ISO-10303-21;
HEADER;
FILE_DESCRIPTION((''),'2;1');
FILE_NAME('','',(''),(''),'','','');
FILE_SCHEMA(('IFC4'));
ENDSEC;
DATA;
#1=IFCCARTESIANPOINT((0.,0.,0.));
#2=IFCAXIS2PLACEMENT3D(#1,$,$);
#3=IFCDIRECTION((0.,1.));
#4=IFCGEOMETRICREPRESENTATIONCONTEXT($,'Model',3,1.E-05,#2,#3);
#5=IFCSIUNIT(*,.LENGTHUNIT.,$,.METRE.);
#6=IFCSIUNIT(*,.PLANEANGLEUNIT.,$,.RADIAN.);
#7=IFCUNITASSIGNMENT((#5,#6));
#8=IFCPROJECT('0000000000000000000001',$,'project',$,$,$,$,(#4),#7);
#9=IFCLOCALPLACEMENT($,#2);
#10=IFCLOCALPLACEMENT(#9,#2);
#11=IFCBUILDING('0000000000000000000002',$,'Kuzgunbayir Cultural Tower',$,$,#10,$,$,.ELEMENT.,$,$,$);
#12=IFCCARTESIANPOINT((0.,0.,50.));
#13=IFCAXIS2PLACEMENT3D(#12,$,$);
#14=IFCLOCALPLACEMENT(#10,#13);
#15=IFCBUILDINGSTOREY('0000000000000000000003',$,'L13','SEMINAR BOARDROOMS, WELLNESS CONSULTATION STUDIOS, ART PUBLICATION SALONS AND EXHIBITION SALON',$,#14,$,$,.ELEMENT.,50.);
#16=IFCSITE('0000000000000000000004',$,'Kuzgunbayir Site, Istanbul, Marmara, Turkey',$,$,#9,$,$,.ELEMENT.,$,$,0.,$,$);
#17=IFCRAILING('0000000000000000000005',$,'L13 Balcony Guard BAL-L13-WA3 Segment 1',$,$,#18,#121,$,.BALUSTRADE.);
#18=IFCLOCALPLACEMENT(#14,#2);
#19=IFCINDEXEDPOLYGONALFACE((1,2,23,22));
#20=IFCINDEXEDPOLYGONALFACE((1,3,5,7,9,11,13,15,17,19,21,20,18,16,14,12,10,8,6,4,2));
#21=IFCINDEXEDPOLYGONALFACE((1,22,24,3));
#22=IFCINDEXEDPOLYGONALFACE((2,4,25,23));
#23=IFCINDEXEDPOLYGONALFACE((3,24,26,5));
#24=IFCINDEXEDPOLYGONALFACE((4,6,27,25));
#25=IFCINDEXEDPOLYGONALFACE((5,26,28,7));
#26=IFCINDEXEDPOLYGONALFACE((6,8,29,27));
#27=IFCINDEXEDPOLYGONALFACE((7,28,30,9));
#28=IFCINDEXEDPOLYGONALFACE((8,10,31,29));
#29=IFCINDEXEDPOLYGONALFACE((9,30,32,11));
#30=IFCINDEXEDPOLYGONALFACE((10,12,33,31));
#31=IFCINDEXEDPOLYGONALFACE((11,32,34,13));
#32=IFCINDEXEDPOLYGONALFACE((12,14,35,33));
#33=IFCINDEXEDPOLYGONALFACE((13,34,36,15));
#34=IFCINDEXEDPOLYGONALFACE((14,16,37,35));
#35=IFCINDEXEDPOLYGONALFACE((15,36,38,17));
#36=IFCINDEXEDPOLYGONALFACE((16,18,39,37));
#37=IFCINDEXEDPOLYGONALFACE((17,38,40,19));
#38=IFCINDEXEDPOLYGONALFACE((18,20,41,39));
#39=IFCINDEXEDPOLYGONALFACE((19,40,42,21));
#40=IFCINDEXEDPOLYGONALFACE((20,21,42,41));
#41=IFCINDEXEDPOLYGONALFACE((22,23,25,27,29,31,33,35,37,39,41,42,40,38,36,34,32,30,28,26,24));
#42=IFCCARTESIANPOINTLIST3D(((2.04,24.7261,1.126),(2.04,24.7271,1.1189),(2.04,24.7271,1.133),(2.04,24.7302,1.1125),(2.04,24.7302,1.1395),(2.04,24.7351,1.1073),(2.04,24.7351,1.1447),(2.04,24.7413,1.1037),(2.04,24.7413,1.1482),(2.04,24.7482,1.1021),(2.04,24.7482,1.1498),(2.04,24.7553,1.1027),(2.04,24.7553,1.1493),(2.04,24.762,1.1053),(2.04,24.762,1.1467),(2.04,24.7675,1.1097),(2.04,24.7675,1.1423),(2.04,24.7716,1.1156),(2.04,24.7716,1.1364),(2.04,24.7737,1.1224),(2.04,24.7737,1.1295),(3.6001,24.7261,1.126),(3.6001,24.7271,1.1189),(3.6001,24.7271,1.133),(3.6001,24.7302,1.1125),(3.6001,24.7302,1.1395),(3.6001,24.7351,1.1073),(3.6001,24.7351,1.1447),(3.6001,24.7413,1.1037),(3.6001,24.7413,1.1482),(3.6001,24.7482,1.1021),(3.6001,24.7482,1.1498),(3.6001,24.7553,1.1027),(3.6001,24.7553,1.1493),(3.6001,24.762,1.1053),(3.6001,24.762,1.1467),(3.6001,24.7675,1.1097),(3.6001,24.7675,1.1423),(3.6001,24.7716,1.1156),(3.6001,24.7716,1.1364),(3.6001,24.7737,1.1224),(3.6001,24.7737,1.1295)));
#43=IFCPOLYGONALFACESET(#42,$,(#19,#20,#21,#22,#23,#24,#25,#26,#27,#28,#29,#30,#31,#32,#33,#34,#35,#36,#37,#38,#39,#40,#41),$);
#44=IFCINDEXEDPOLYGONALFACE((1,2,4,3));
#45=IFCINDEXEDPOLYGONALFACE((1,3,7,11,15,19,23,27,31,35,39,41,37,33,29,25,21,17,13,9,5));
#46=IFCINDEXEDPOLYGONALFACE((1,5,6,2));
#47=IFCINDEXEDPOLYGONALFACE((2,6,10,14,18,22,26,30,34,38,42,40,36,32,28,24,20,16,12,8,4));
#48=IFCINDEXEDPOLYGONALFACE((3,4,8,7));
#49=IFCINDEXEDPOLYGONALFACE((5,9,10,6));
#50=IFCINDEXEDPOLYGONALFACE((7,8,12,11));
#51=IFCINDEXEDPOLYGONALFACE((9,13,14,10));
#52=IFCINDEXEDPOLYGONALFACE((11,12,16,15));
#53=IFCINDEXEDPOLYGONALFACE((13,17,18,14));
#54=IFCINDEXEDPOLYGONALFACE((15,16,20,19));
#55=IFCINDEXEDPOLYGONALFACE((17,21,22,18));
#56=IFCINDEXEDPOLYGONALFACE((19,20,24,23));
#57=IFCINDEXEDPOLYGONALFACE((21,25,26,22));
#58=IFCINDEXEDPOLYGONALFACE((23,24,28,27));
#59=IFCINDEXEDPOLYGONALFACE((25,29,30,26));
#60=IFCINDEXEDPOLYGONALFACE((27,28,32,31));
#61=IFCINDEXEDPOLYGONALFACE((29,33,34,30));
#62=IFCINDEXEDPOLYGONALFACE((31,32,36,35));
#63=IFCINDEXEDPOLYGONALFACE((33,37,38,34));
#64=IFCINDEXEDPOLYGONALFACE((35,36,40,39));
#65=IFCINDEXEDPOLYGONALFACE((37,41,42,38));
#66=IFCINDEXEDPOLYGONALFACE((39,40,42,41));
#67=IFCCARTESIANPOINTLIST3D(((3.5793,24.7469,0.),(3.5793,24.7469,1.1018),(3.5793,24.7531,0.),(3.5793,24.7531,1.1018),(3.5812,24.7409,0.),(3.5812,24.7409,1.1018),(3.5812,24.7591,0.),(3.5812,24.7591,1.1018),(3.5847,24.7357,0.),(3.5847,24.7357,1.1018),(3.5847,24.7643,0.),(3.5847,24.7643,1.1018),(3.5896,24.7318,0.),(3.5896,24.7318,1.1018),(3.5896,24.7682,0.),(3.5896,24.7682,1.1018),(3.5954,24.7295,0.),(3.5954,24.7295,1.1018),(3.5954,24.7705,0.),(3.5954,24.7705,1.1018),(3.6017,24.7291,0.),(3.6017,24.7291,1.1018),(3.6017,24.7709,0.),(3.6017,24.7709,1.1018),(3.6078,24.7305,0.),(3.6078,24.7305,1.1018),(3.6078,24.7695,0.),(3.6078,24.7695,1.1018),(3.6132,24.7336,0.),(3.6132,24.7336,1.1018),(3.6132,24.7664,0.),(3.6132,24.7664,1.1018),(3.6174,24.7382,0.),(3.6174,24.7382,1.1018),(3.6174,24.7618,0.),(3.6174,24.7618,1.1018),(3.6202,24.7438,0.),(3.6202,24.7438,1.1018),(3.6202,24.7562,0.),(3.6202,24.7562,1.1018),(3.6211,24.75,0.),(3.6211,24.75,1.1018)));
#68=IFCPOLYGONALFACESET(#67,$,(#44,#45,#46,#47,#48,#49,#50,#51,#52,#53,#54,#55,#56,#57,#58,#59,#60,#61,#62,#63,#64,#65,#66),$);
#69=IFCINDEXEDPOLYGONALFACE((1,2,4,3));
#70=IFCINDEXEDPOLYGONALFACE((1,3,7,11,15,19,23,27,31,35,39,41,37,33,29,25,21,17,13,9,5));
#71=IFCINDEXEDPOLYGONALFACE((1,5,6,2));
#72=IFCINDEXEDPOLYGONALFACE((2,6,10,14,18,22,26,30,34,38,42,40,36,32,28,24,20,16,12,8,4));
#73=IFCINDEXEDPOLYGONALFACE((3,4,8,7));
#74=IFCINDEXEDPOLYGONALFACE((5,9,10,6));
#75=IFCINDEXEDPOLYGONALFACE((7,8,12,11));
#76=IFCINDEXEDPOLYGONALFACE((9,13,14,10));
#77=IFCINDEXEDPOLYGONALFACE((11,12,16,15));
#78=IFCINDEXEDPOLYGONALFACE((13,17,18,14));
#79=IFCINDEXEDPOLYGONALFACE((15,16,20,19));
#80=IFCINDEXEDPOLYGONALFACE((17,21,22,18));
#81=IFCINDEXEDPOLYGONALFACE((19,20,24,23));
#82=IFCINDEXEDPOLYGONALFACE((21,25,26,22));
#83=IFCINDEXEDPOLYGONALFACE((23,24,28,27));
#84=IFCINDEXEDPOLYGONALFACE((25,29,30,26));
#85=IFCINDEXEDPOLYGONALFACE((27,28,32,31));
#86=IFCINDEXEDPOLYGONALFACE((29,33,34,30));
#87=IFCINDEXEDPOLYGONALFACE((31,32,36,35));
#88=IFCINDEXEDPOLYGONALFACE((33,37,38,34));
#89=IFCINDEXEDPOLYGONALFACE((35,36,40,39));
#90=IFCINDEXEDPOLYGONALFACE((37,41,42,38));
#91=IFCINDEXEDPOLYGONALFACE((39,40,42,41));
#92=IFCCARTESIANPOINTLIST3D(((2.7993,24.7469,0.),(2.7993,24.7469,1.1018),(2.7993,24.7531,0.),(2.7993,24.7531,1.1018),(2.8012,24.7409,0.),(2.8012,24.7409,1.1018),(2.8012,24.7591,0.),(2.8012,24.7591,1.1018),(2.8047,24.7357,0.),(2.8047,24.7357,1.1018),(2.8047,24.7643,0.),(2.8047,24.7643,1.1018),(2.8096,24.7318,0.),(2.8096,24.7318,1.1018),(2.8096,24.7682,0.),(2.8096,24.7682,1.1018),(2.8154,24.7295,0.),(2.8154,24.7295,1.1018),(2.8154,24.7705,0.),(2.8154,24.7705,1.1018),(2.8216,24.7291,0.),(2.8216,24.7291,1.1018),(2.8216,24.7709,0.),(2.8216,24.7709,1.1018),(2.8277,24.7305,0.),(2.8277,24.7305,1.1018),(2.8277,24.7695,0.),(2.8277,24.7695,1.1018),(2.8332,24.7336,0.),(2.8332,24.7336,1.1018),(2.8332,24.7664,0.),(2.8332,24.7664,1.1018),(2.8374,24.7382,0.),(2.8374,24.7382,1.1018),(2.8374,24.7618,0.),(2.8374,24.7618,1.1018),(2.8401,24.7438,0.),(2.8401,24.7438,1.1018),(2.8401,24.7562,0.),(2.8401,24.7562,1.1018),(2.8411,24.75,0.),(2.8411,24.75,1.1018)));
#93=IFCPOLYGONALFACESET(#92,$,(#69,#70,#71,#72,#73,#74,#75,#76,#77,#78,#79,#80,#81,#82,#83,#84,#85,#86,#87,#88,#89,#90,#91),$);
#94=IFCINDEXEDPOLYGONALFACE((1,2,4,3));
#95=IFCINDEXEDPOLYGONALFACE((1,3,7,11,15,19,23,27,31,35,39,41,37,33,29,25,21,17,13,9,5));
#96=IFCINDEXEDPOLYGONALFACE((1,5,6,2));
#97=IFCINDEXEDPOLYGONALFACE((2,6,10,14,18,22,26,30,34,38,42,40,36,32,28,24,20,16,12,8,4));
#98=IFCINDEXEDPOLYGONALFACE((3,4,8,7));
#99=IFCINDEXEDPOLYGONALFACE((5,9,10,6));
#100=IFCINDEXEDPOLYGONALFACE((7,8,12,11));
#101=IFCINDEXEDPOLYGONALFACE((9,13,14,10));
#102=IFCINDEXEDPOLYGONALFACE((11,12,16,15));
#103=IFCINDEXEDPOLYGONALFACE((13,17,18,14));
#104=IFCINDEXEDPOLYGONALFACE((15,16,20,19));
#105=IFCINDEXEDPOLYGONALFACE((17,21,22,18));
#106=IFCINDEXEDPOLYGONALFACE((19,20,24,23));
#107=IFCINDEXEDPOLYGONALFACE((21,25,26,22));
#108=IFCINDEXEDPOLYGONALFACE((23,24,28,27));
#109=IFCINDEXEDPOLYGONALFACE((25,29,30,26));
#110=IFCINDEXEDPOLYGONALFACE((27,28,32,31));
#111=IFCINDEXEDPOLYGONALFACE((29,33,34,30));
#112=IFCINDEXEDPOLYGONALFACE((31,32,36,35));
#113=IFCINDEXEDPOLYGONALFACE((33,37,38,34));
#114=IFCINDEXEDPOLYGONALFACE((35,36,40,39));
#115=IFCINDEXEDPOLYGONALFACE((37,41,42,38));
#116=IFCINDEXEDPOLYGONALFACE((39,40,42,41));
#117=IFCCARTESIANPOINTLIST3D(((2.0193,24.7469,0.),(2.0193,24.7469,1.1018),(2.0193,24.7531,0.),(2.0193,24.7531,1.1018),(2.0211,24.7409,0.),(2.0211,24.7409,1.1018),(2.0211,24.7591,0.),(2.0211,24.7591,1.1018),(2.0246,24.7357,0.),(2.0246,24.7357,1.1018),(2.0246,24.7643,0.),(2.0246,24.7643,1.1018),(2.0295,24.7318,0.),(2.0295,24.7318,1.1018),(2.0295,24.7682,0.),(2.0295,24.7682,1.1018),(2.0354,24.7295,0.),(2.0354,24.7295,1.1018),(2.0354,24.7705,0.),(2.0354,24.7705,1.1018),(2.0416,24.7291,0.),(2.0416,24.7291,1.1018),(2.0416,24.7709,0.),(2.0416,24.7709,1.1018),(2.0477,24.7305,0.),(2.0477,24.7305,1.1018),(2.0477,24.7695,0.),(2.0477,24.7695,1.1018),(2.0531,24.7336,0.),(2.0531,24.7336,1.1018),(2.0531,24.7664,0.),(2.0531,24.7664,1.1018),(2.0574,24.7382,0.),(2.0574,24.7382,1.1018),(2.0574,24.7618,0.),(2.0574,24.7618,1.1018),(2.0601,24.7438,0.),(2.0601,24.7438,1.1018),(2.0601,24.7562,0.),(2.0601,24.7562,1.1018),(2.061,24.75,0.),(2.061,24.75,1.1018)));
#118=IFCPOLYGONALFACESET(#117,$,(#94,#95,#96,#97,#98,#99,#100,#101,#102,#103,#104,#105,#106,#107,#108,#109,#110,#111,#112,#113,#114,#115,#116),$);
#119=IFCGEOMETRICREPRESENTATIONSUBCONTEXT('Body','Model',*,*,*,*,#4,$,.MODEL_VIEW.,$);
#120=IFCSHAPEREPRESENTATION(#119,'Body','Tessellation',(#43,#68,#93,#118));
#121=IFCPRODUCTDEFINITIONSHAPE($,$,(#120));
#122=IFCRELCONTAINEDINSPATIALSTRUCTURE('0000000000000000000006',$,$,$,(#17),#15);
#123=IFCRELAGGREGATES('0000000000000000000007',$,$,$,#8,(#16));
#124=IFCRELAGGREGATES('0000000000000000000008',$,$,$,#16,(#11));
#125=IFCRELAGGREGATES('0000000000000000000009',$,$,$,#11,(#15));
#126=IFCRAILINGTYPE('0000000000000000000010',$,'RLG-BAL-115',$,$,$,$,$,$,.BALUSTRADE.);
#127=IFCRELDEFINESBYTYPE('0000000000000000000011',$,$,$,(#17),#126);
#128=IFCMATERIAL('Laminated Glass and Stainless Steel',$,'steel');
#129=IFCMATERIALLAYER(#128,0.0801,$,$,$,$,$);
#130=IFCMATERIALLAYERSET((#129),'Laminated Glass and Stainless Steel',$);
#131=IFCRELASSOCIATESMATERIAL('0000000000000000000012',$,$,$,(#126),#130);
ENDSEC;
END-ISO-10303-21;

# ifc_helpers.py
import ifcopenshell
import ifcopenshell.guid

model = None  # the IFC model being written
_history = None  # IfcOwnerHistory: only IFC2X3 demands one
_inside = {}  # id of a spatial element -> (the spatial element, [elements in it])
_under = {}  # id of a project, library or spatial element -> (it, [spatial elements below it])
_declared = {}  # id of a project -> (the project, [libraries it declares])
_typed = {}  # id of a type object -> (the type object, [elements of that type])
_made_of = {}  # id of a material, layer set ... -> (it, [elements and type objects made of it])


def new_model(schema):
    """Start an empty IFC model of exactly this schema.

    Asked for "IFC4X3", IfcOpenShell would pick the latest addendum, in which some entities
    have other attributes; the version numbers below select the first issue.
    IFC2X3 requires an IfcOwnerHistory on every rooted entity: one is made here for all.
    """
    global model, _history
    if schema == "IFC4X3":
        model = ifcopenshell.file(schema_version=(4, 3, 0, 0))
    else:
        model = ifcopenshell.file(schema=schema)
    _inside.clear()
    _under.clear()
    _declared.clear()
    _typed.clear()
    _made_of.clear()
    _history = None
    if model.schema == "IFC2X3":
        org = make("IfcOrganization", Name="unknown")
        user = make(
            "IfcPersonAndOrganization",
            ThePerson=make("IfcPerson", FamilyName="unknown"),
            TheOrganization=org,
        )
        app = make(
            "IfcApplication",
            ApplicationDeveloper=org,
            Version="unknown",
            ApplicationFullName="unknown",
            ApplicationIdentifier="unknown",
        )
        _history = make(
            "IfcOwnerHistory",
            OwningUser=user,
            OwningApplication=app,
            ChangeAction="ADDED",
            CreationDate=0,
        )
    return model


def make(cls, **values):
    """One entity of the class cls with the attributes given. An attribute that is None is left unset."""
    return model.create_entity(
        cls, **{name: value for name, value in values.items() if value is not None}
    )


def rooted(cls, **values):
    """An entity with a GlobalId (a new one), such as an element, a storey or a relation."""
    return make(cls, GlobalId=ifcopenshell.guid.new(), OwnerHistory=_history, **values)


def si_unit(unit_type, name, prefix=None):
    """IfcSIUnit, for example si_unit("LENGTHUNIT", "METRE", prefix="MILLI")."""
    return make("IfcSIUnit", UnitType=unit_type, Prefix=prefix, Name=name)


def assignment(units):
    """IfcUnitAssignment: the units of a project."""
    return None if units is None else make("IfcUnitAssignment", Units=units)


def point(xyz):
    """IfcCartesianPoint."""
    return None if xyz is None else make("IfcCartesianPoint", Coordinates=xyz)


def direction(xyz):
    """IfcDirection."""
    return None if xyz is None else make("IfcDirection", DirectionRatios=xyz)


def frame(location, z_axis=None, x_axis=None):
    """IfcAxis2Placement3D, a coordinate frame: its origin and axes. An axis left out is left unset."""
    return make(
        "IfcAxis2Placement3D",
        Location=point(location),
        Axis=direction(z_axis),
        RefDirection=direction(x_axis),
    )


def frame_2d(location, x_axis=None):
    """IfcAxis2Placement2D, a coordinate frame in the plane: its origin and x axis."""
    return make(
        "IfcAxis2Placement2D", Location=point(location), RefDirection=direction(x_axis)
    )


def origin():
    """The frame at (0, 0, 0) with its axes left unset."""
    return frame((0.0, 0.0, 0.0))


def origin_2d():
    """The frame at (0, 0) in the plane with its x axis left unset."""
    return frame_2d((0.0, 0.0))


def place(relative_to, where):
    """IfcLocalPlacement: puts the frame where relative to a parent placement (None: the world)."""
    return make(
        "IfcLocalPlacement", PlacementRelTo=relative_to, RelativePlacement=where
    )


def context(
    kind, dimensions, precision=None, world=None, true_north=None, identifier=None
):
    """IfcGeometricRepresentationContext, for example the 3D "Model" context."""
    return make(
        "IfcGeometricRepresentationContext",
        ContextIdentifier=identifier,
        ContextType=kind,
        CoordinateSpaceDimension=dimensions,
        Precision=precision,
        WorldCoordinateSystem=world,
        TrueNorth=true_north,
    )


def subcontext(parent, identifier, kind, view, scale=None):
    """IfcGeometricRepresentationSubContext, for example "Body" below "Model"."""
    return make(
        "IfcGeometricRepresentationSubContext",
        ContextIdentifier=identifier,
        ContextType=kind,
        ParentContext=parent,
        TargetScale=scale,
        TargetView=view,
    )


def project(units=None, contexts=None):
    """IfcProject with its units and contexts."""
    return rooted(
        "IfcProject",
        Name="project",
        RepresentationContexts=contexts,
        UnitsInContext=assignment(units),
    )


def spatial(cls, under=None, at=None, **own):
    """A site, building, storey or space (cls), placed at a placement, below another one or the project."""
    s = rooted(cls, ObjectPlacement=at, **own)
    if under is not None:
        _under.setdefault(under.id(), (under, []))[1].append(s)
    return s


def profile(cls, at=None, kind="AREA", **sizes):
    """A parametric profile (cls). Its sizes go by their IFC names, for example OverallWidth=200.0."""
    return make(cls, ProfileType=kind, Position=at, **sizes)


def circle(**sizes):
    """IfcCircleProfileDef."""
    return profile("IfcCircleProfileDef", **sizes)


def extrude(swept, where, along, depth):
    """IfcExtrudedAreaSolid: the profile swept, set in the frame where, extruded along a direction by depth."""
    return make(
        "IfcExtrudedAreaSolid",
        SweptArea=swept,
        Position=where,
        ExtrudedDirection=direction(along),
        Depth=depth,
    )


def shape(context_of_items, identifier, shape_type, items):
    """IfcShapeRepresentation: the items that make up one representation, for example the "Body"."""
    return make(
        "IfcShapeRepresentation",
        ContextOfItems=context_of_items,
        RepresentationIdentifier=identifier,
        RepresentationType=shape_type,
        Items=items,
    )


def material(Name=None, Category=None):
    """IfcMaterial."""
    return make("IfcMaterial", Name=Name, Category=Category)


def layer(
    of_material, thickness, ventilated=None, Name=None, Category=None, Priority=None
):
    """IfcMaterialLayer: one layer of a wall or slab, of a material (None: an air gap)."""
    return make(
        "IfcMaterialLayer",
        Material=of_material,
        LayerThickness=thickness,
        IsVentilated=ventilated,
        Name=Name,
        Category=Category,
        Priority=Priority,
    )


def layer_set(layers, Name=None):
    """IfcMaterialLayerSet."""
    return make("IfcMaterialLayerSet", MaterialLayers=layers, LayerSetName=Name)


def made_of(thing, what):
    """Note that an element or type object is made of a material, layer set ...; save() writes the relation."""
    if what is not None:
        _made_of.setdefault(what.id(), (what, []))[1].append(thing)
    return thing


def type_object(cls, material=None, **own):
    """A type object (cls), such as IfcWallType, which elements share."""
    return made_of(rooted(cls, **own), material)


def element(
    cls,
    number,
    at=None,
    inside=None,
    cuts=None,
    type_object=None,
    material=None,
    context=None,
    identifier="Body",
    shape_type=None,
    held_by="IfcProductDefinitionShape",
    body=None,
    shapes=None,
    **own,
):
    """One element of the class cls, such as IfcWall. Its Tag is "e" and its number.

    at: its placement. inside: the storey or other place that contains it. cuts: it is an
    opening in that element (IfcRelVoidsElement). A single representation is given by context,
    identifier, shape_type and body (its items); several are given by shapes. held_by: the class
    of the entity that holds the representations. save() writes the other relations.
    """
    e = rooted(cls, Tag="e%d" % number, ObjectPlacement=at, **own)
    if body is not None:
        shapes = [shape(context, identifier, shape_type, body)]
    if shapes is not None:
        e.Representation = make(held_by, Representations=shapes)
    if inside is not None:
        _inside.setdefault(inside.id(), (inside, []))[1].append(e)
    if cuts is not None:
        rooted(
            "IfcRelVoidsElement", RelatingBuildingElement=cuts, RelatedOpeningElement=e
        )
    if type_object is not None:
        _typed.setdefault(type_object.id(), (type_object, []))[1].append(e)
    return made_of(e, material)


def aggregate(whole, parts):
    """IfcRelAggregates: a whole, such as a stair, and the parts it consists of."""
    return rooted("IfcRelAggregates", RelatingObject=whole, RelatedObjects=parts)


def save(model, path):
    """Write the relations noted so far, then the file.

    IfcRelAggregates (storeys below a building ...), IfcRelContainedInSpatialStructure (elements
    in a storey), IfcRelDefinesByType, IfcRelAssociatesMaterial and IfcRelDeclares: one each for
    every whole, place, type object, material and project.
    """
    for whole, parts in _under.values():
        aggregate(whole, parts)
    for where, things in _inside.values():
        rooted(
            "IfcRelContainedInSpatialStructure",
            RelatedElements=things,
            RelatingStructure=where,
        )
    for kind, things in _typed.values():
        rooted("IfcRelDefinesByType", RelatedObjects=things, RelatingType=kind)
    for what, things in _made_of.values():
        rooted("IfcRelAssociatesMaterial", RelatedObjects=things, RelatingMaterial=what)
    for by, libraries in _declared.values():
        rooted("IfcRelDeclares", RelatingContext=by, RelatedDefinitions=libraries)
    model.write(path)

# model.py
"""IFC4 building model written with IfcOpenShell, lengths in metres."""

from ifc_helpers import new_model, si_unit, direction, frame, origin, origin_2d, place, context, subcontext, project, spatial, circle, extrude, material, layer, layer_set, type_object, element, save


model = new_model("IFC4")

# Units and contexts
model_context = context("Model", 3, precision=1e-05, world=origin(), true_north=direction((0.0, 1.0)))
body_context = subcontext(model_context, "Body", "Model", "MODEL_VIEW")
ifc_project = project(units=[si_unit("LENGTHUNIT", "METRE"), si_unit("PLANEANGLEUNIT", "RADIAN")], contexts=[model_context])

# Site, building, storey
site_placement = place(None, origin())
site = spatial("IfcSite", under=ifc_project, at=site_placement, Name="Kuzgunbayir Site, Istanbul, Marmara, Turkey", CompositionType="ELEMENT", RefElevation=0.0)
building_placement = place(site_placement, origin())
building = spatial("IfcBuilding", under=site, at=building_placement, Name="Kuzgunbayir Cultural Tower", CompositionType="ELEMENT")
storey_placement = place(building_placement, frame((0.0, 0.0, 50.0)))
storey = spatial("IfcBuildingStorey", under=building, at=storey_placement, Name="L13", Description="SEMINAR BOARDROOMS, WELLNESS CONSULTATION STUDIOS, ART PUBLICATION SALONS AND EXHIBITION SALON", CompositionType="ELEMENT", Elevation=50.0)

# Railing
ifc_material_1 = material(Name="Laminated Glass and Stainless Steel", Category="steel")
ifc_layer_1 = layer(ifc_material_1, 0.0801)
ifc_layer_set_1 = layer_set([ifc_layer_1], Name="Laminated Glass and Stainless Steel")
railing_type = type_object("IfcRailingType", Name="RLG-BAL-115", PredefinedType="BALUSTRADE", material=ifc_layer_set_1)
railing_1_placement = place(storey_placement, frame((3.6001, 24.75, 0.0)))
element("IfcRailing", 1, at=railing_1_placement, inside=storey, type_object=railing_type, Name="L13 Balcony Guard BAL-L13-WA3 Segment 1", PredefinedType="BALUSTRADE", context=body_context, shape_type="SweptSolid", body=[
    extrude(circle(Radius=0.0239, at=origin_2d()), frame((0.0, 0.0, 1.126), z_axis=(-1.0, 0.0, 0.0), x_axis=(0.0, -1.0, 0.0)), (0.0, 0.0, 1.0), 1.5601),
    extrude(circle(Radius=0.021, at=origin_2d()), origin(), (0.0, 0.0, 1.0), 1.1018),
    extrude(circle(Radius=0.021, at=origin_2d()), frame((-0.78, 0.0, 0.0)), (0.0, 0.0, 1.0), 1.1018),
    extrude(circle(Radius=0.021, at=origin_2d()), frame((-1.5601, 0.0, 0.0)), (0.0, 0.0, 1.0), 1.1018),
])

save(model, "model.ifc")
